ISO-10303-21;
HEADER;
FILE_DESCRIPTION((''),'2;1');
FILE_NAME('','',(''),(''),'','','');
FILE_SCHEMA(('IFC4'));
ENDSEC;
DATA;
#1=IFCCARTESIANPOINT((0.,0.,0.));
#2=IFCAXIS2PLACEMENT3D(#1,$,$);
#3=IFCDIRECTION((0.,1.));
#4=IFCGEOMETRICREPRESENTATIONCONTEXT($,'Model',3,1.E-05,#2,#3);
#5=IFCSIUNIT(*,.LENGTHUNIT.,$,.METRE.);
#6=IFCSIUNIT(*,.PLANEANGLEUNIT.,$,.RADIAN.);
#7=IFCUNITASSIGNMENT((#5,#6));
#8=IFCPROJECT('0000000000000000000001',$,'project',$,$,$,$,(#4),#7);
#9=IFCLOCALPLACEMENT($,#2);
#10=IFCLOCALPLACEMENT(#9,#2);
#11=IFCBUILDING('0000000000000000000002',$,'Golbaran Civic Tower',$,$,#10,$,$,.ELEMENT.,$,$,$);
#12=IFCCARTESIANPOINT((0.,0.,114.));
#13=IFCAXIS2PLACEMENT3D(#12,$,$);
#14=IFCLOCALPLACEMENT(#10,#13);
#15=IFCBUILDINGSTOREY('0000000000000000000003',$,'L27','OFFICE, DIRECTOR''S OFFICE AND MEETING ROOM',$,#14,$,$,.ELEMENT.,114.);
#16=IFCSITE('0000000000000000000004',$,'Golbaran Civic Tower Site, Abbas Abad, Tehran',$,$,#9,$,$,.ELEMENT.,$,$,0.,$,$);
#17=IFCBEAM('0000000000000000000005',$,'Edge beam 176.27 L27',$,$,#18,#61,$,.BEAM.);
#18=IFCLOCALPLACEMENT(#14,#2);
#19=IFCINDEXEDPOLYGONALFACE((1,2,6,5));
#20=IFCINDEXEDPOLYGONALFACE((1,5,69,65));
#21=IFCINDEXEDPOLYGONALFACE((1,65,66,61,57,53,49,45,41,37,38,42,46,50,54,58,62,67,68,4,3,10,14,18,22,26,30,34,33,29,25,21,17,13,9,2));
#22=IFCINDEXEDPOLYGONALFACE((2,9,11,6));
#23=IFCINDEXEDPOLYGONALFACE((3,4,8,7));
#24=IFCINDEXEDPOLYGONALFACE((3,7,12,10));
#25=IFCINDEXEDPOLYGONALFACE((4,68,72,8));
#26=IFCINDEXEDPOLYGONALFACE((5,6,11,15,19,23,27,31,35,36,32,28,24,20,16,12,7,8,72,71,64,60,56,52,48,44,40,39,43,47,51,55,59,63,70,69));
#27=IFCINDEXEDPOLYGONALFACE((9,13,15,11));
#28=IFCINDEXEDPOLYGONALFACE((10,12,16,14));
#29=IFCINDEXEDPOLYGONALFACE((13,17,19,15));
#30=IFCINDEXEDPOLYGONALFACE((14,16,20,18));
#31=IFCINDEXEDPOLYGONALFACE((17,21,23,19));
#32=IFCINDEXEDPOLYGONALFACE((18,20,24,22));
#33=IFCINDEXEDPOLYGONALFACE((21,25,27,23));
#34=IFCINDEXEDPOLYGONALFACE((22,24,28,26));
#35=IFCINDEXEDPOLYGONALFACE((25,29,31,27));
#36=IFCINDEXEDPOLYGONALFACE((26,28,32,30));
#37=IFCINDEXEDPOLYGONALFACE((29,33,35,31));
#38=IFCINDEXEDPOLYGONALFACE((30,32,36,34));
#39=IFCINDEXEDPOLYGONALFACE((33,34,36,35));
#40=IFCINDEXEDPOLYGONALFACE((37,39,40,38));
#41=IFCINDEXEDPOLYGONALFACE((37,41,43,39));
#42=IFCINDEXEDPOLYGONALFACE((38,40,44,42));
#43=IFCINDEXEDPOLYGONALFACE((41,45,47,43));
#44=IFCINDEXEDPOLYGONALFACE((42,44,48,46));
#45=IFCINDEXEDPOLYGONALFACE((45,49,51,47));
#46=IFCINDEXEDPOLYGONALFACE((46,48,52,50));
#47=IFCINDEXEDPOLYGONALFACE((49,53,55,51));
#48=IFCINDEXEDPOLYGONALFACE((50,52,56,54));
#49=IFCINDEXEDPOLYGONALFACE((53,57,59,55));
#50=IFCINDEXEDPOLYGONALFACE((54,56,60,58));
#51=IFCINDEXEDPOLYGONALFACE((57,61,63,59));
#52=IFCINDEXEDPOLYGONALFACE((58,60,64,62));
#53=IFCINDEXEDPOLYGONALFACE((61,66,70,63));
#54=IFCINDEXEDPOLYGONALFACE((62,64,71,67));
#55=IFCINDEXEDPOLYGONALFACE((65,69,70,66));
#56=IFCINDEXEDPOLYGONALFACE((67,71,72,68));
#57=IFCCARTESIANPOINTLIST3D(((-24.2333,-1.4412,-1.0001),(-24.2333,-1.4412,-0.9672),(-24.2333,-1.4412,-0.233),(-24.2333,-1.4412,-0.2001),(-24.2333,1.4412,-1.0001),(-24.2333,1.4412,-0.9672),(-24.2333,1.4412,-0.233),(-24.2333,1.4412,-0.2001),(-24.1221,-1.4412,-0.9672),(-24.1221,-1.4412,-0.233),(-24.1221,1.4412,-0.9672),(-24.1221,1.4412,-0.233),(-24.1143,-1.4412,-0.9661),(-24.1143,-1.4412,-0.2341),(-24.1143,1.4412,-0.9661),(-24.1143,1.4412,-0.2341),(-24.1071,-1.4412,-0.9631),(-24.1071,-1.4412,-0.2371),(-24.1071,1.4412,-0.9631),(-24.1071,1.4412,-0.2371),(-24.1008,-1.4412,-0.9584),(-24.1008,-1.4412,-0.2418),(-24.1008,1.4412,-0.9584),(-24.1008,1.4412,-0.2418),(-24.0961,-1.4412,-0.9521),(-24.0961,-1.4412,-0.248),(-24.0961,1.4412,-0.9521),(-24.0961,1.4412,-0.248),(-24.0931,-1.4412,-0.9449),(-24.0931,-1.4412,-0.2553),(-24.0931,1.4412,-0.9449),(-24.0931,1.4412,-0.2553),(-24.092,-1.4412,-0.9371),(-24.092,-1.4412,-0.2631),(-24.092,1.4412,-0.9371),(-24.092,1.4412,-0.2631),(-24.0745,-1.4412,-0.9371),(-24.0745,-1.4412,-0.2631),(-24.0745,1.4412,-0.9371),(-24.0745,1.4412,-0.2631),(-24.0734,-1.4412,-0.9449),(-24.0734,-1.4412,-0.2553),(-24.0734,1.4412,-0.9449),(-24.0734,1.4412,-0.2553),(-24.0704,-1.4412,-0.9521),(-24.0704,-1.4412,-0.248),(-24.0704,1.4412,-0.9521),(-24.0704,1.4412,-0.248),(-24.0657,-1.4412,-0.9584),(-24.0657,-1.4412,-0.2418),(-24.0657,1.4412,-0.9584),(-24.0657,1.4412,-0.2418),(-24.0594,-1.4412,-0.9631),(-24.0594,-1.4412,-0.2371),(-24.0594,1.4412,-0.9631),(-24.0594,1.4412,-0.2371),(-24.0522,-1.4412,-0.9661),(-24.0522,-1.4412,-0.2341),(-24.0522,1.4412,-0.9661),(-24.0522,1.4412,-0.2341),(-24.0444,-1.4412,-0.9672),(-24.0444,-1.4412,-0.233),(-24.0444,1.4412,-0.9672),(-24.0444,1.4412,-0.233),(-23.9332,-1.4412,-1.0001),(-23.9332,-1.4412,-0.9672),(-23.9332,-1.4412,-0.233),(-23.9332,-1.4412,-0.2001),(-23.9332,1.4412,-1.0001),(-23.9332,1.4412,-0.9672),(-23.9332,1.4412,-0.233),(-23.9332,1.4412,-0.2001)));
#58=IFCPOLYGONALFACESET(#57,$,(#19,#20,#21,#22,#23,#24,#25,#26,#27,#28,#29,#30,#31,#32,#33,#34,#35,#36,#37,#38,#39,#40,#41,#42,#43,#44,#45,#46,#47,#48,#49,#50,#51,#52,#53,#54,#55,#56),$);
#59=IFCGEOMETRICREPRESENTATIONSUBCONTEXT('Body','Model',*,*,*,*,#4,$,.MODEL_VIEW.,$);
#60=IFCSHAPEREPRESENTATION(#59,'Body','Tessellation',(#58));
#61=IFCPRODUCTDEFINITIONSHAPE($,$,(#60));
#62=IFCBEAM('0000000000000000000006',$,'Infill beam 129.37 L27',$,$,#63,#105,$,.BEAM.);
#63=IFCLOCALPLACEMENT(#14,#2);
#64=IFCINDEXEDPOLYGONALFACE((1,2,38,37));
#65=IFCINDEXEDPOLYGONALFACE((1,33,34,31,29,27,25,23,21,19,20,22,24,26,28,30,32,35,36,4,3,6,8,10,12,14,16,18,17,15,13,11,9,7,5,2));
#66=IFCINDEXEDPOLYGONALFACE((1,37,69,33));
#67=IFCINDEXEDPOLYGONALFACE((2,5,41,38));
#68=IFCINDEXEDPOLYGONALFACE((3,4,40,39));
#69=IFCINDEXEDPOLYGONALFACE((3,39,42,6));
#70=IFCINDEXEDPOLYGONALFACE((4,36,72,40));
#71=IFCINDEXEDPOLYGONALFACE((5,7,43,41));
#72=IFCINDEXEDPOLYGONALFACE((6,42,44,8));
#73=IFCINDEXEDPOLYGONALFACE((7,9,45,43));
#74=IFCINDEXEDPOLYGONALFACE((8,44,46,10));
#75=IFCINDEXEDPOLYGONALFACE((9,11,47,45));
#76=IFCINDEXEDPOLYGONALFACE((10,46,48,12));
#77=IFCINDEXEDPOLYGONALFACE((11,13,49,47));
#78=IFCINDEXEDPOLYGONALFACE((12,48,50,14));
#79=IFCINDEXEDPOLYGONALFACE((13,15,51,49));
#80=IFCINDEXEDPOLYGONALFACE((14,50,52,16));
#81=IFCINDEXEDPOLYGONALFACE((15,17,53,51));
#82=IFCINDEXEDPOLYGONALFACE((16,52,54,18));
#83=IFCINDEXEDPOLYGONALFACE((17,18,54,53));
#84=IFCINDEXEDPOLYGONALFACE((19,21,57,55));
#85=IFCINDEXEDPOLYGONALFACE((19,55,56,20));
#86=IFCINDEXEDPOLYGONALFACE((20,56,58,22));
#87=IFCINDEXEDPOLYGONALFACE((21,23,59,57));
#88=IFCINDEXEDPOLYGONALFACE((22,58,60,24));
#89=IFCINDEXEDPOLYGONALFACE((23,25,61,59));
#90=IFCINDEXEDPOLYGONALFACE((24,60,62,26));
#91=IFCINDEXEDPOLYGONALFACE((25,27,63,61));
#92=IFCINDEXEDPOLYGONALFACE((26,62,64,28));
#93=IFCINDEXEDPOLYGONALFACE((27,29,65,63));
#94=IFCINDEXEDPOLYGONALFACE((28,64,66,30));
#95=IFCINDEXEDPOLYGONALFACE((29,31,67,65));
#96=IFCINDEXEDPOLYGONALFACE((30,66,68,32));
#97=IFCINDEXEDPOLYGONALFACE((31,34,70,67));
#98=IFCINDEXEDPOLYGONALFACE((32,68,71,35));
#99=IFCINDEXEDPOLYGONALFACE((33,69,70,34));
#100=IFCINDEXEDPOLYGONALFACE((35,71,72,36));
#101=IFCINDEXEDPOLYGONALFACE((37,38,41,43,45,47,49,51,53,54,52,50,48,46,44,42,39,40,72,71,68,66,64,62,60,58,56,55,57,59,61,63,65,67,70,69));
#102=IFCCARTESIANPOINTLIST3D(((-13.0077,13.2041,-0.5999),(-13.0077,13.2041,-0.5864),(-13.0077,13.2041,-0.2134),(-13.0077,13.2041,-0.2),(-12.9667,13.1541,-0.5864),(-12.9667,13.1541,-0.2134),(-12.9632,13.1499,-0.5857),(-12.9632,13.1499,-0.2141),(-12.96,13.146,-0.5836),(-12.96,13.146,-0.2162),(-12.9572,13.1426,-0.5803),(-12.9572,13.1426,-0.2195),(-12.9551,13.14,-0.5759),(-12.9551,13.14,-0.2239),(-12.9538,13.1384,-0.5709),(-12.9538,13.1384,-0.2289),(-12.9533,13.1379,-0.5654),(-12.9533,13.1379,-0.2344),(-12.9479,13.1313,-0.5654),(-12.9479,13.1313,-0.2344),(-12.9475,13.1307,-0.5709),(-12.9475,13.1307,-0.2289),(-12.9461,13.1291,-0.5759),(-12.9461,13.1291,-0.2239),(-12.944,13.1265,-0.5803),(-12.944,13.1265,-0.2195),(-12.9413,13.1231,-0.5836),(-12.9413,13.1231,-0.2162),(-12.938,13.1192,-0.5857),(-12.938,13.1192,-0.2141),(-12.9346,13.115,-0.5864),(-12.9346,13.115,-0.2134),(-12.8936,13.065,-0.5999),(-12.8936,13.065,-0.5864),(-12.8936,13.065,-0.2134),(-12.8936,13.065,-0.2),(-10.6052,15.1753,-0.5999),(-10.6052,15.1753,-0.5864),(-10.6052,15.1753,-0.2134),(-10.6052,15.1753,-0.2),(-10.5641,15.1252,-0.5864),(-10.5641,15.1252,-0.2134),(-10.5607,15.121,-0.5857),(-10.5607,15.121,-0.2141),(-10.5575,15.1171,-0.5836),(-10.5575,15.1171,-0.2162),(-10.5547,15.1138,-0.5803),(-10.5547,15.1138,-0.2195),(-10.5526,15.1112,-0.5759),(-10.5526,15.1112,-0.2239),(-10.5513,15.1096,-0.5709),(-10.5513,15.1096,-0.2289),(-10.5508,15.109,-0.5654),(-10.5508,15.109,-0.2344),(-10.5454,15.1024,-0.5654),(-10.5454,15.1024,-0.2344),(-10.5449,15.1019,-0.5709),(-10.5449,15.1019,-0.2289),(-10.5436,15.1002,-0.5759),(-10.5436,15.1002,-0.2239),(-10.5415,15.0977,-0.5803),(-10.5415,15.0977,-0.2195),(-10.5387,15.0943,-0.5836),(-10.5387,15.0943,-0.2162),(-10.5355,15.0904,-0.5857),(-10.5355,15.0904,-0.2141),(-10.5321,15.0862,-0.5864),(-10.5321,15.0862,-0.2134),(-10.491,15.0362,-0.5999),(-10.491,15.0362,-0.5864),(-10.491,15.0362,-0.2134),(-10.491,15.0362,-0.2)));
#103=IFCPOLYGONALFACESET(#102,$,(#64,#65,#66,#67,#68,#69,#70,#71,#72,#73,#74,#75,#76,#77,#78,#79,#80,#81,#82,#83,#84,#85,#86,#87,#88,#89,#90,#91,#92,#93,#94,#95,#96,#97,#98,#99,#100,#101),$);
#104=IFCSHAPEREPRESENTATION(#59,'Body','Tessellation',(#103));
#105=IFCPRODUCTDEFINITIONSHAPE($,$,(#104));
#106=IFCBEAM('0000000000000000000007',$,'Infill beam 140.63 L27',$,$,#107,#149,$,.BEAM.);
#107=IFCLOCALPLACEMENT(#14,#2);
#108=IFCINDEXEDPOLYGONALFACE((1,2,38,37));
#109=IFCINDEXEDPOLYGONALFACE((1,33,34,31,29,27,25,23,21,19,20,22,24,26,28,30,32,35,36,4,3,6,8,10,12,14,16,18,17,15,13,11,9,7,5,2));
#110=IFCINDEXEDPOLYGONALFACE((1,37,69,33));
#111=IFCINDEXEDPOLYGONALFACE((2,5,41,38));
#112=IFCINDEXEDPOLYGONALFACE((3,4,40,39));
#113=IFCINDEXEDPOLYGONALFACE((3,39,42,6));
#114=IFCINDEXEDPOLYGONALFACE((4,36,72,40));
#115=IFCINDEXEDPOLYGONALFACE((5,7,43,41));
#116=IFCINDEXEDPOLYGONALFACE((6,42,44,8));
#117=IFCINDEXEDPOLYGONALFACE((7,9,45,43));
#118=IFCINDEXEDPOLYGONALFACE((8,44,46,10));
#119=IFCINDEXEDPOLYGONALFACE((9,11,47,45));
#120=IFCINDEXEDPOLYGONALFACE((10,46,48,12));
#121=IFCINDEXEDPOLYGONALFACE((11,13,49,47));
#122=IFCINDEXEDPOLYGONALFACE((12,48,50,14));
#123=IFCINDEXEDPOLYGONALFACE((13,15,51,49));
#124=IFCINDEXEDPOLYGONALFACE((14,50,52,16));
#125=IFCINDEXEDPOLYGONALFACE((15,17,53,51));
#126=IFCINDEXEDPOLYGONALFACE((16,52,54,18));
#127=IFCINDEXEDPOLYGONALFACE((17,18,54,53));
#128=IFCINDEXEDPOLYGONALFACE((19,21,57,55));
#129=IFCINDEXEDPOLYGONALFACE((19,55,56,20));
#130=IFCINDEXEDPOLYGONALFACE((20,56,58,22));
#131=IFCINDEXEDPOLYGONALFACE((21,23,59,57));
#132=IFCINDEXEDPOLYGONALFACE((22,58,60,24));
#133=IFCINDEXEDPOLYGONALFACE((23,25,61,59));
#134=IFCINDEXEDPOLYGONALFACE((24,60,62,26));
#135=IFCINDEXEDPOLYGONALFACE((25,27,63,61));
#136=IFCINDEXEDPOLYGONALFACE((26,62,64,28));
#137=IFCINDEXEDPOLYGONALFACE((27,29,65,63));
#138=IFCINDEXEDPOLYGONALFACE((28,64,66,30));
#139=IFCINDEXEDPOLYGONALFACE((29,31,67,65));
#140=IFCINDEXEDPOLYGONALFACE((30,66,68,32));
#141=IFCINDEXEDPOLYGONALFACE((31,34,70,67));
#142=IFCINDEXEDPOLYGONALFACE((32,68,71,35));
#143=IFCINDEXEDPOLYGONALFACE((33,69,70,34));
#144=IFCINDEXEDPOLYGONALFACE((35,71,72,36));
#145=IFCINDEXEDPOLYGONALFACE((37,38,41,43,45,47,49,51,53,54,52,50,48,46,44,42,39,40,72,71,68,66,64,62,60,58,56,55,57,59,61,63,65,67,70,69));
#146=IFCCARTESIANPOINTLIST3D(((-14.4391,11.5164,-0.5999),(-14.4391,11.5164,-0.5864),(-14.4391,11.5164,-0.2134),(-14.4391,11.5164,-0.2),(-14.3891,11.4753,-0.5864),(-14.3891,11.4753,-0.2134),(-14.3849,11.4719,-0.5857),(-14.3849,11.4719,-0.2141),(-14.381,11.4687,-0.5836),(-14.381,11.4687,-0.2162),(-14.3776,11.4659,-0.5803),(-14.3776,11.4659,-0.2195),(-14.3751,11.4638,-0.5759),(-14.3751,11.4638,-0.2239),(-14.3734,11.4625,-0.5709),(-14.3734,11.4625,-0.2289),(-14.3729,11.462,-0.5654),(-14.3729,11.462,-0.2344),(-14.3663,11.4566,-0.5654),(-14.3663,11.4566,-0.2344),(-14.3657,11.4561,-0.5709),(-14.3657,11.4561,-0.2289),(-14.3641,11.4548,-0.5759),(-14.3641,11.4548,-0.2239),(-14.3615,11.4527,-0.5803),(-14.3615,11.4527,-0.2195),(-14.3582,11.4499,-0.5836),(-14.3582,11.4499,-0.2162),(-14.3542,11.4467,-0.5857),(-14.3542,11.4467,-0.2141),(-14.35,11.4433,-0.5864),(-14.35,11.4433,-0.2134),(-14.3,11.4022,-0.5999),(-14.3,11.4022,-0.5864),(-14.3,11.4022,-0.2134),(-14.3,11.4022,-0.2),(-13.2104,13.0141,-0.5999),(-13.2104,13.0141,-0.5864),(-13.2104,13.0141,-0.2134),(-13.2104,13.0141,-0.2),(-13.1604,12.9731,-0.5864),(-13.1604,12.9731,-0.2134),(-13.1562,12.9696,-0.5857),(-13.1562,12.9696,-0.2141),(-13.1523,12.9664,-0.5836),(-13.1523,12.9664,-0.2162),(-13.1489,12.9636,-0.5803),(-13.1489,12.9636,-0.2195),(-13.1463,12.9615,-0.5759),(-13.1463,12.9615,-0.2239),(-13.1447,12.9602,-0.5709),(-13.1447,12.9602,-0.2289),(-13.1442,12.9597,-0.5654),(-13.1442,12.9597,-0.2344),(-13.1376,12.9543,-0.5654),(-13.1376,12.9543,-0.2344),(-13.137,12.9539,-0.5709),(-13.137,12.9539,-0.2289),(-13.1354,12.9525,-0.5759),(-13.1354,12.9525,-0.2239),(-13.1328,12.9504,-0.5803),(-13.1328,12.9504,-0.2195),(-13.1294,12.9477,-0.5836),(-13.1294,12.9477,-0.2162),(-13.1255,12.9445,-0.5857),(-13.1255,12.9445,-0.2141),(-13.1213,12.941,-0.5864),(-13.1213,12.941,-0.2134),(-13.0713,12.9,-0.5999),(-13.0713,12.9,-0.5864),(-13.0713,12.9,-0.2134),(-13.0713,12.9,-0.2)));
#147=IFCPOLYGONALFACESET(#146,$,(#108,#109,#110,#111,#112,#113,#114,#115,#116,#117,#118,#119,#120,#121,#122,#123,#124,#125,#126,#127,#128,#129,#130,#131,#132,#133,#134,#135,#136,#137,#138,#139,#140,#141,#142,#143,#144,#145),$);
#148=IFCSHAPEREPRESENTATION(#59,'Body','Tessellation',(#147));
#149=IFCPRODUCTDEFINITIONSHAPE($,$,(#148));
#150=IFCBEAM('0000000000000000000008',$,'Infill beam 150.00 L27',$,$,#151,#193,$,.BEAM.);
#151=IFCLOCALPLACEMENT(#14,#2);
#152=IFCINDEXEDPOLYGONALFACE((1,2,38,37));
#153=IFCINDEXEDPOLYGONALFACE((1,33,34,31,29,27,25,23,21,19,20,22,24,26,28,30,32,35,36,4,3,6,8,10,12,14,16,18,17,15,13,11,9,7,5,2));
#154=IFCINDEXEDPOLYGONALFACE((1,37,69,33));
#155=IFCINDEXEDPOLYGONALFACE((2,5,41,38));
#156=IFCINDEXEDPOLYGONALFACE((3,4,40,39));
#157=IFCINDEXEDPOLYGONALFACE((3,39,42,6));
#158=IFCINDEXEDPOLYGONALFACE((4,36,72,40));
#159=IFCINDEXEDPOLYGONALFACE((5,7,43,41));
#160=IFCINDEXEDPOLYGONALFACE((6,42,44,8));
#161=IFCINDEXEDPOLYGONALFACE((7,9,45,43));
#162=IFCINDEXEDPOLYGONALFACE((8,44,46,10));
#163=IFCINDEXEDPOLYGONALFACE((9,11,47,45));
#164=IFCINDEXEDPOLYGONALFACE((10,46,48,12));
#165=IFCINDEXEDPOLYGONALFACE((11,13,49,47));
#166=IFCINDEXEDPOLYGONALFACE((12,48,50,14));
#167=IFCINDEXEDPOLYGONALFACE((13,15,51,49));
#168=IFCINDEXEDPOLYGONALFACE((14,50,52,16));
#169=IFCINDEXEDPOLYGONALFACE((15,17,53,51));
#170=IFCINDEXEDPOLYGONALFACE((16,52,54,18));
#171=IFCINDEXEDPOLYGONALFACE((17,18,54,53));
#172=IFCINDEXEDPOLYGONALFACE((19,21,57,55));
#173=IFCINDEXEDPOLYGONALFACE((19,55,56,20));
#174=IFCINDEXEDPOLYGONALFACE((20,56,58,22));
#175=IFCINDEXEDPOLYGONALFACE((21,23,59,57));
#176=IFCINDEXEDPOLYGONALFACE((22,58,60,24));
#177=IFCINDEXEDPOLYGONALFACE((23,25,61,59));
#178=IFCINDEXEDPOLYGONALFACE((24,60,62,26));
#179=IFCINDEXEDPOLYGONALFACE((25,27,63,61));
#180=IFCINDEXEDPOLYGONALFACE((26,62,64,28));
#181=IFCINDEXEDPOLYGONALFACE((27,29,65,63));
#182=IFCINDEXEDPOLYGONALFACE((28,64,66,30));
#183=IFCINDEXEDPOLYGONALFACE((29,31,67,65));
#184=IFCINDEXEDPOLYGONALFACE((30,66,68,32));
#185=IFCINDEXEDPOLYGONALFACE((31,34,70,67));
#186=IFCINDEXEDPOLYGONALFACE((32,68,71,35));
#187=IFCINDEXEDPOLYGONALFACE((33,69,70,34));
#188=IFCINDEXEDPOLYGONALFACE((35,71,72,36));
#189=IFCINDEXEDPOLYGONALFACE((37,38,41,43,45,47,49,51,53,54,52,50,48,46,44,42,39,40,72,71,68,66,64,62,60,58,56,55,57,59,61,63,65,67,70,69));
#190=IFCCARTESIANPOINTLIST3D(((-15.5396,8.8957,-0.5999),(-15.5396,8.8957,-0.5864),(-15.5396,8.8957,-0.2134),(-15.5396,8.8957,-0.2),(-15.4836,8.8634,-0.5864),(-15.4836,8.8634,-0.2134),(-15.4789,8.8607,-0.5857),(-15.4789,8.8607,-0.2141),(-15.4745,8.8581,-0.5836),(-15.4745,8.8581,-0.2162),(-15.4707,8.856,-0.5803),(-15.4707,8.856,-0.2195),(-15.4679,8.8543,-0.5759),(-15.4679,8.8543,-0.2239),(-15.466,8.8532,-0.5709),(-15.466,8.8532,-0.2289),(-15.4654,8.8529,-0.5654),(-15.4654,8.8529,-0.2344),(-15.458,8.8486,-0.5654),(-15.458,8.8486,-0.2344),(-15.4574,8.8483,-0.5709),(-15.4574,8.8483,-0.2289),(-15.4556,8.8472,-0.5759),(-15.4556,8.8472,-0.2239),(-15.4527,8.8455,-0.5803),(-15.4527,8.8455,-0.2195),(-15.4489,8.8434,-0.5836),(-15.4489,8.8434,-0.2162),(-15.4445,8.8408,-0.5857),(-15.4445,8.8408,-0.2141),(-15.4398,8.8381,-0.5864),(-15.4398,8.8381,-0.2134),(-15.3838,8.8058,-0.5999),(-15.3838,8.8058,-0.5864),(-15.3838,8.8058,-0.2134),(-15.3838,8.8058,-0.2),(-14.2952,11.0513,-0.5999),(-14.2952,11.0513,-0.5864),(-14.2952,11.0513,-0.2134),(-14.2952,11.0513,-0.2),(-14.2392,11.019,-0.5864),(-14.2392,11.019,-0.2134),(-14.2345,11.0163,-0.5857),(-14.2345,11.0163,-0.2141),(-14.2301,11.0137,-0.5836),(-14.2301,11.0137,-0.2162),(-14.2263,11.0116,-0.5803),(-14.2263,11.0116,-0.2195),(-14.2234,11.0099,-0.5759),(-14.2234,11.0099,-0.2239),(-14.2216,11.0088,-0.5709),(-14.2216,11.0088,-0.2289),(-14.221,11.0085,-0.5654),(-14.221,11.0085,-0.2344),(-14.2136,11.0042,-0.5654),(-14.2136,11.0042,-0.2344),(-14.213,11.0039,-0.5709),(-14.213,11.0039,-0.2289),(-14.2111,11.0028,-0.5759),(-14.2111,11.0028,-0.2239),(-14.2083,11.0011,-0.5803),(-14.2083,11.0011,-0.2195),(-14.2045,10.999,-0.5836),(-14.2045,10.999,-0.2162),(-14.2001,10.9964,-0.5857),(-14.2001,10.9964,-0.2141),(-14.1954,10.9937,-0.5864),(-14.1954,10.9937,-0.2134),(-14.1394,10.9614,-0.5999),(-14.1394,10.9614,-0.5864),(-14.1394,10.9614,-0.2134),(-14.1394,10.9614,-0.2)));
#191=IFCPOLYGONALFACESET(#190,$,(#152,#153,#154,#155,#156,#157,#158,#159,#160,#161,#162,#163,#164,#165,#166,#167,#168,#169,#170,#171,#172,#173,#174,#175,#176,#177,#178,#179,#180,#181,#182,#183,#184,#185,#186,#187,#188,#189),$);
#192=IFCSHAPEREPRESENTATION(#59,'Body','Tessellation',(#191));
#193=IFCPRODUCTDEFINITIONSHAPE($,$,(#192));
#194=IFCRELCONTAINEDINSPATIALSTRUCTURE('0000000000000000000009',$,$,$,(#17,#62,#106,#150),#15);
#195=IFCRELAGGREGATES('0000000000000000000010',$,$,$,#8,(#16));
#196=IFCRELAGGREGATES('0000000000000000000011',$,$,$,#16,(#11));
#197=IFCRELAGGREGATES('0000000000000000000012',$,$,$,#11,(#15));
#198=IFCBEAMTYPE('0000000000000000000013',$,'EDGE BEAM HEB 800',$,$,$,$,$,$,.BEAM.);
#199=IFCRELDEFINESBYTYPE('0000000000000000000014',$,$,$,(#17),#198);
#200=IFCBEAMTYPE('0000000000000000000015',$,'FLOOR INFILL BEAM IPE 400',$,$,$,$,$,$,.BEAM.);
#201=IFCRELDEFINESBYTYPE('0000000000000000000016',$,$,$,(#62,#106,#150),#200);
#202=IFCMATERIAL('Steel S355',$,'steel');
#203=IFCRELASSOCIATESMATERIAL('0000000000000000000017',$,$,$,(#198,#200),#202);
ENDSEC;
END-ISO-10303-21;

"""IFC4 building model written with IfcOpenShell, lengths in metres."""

from ifc_helpers import new_model, si_unit, direction, frame, origin, origin_2d, place, context, subcontext, project, spatial, i_section, extrude, material, material_profile, profile_set, type_object, element, save


model = new_model("IFC4")

# Units and contexts
model_context = context("Model", 3, precision=1e-05, world=origin(), true_north=direction((0.0, 1.0)))
body_context = subcontext(model_context, "Body", "Model", "MODEL_VIEW")
ifc_project = project(units=[si_unit("LENGTHUNIT", "METRE"), si_unit("PLANEANGLEUNIT", "RADIAN")], contexts=[model_context])

# Site, building, storey
site_placement = place(None, origin())
site = spatial("IfcSite", under=ifc_project, at=site_placement, Name="Golbaran Civic Tower Site, Abbas Abad, Tehran", CompositionType="ELEMENT", RefElevation=0.0)
building_placement = place(site_placement, origin())
building = spatial("IfcBuilding", under=site, at=building_placement, Name="Golbaran Civic Tower", CompositionType="ELEMENT")
storey_placement = place(building_placement, frame((0.0, 0.0, 114.0)))
storey = spatial("IfcBuildingStorey", under=building, at=storey_placement, Name="L27", Description="OFFICE, DIRECTOR'S OFFICE AND MEETING ROOM", CompositionType="ELEMENT", Elevation=114.0)

# Beams
ifc_material_1 = material(Name="Steel S355", Category="steel")
ifc_material_profile_1 = material_profile(ifc_material_1, i_section(OverallWidth=0.3, OverallDepth=0.8, WebThickness=0.0176, FlangeThickness=0.033, FilletRadius=0.03, at=origin_2d()), Name="HEB 800")
ifc_profile_set_1 = profile_set([ifc_material_profile_1], Name="Steel S355")
beam_type_1 = type_object("IfcBeamType", Name="EDGE BEAM HEB 800", PredefinedType="BEAM", material=ifc_profile_set_1)
beam_1_placement = place(storey_placement, frame((-24.0833, 1.4412, -0.6001), z_axis=(0.0, -1.0, 0.0), x_axis=(1.0, 0.0, 0.0)))
element("IfcBeam", 1, at=beam_1_placement, inside=storey, type_object=beam_type_1, Name="Edge beam 176.27 L27", PredefinedType="BEAM", context=body_context, shape_type="SweptSolid", body=[
    extrude(i_section(OverallWidth=0.3, OverallDepth=0.8, WebThickness=0.0176, FlangeThickness=0.033, FilletRadius=0.03, at=origin_2d()), origin(), (0.0, 0.0, 1.0), 2.8823),
])
ifc_material_profile_2 = material_profile(ifc_material_1, i_section(OverallWidth=0.1799, OverallDepth=0.3999, WebThickness=0.0085, FlangeThickness=0.0134, FilletRadius=0.021, at=origin_2d()), Name="IPE 400")
ifc_profile_set_2 = profile_set([ifc_material_profile_2], Name="Steel S355")
beam_type_2 = type_object("IfcBeamType", Name="FLOOR INFILL BEAM IPE 400", PredefinedType="BEAM", material=ifc_profile_set_2)
beam_2_placement = place(storey_placement, frame((-10.5481, 15.1057, -0.3999), z_axis=(-0.773099, -0.634285, 0.0), x_axis=(0.634285, -0.773099, 0.0)))
element("IfcBeam", 2, at=beam_2_placement, inside=storey, type_object=beam_type_2, Name="Infill beam 129.37 L27", PredefinedType="BEAM", context=body_context, shape_type="SweptSolid", body=[
    extrude(i_section(OverallWidth=0.1799, OverallDepth=0.3999, WebThickness=0.0085, FlangeThickness=0.0134, FilletRadius=0.021, at=origin_2d()), origin(), (0.0, 0.0, 1.0), 3.1077),
])
beam_3_placement = place(storey_placement, frame((-13.1409, 12.957, -0.3999), z_axis=(-0.634253, -0.773126, 0.0), x_axis=(0.773126, -0.634253, 0.0)))
element("IfcBeam", 3, at=beam_3_placement, inside=storey, type_object=beam_type_2, Name="Infill beam 140.63 L27", PredefinedType="BEAM", context=body_context, shape_type="SweptSolid", body=[
    extrude(i_section(OverallWidth=0.1799, OverallDepth=0.3999, WebThickness=0.0085, FlangeThickness=0.0134, FilletRadius=0.021, at=origin_2d()), origin(), (0.0, 0.0, 1.0), 1.9373),
])
beam_4_placement = place(storey_placement, frame((-14.2173, 11.0063, -0.3999), z_axis=(-0.499969, -0.866043, 0.0), x_axis=(0.866043, -0.499969, 0.0)))
element("IfcBeam", 4, at=beam_4_placement, inside=storey, type_object=beam_type_2, Name="Infill beam 150.00 L27", PredefinedType="BEAM", context=body_context, shape_type="SweptSolid", body=[
    extrude(i_section(OverallWidth=0.1799, OverallDepth=0.3999, WebThickness=0.0085, FlangeThickness=0.0134, FilletRadius=0.021, at=origin_2d()), origin(), (0.0, 0.0, 1.0), 2.489),
])

save(model, "model.ifc")
